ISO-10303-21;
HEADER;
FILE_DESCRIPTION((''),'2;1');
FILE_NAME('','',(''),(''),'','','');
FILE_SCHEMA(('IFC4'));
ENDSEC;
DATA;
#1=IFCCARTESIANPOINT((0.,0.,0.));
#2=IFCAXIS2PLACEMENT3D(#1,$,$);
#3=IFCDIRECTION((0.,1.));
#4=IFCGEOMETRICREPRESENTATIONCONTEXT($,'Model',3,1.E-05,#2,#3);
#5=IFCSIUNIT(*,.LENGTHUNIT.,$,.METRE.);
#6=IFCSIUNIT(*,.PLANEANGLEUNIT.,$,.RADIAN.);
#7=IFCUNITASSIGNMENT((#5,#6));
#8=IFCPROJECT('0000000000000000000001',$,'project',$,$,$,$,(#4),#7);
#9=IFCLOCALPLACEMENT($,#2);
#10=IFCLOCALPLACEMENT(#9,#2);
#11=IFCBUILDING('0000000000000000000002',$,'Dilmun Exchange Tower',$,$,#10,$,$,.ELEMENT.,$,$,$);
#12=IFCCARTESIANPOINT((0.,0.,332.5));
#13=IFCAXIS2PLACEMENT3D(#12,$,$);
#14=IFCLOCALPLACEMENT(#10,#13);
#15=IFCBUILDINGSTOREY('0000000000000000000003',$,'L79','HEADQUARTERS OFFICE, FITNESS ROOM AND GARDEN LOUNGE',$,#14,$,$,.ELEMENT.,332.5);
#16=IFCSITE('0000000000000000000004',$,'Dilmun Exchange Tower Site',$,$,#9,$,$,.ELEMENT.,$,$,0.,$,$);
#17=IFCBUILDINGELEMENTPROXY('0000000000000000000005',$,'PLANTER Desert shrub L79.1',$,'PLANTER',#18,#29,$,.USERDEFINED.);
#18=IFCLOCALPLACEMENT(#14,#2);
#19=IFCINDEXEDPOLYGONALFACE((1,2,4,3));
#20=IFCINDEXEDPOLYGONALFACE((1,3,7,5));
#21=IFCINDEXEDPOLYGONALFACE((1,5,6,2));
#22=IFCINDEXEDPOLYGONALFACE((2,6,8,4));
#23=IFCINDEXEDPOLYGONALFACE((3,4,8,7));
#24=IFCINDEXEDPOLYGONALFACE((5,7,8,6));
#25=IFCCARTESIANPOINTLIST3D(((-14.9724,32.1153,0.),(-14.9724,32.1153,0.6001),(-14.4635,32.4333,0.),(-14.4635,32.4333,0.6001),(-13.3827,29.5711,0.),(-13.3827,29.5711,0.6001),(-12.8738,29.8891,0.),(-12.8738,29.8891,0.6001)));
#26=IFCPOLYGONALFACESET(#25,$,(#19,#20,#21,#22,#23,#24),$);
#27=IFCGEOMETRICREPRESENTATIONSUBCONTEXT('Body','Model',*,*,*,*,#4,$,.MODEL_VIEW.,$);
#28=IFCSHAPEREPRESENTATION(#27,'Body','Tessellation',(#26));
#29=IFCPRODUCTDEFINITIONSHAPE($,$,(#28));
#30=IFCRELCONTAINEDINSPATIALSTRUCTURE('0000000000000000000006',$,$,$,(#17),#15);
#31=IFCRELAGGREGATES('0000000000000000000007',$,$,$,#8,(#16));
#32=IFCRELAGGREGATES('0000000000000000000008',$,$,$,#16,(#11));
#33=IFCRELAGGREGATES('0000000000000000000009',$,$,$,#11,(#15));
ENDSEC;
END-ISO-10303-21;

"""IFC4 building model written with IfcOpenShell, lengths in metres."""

from ifc_helpers import new_model, si_unit, direction, frame, origin, origin_2d, place, context, subcontext, project, spatial, rectangle, extrude, element, save


model = new_model("IFC4")

# Units and contexts
model_context = context("Model", 3, precision=1e-05, world=origin(), true_north=direction((0.0, 1.0)))
body_context = subcontext(model_context, "Body", "Model", "MODEL_VIEW")
ifc_project = project(units=[si_unit("LENGTHUNIT", "METRE"), si_unit("PLANEANGLEUNIT", "RADIAN")], contexts=[model_context])

# Site, building, storey
site_placement = place(None, origin())
site = spatial("IfcSite", under=ifc_project, at=site_placement, Name="Dilmun Exchange Tower Site", CompositionType="ELEMENT", RefElevation=0.0)
building_placement = place(site_placement, origin())
building = spatial("IfcBuilding", under=site, at=building_placement, Name="Dilmun Exchange Tower", CompositionType="ELEMENT")
storey_placement = place(building_placement, frame((0.0, 0.0, 332.5)))
storey = spatial("IfcBuildingStorey", under=building, at=storey_placement, Name="L79", Description="HEADQUARTERS OFFICE, FITNESS ROOM AND GARDEN LOUNGE", CompositionType="ELEMENT", Elevation=332.5)

# Building element proxy
proxy_placement = place(storey_placement, frame((-13.9231, 31.0022, 0.0), z_axis=(0.0, 0.0, 1.0), x_axis=(-0.529919, 0.848048, 0.0)))
element("IfcBuildingElementProxy", 1, at=proxy_placement, inside=storey, Name="PLANTER Desert shrub L79.1", ObjectType="PLANTER", PredefinedType="USERDEFINED", context=body_context, shape_type="SweptSolid", body=[
    extrude(rectangle(XDim=3.0, YDim=0.6001, at=origin_2d()), origin(), (0.0, 0.0, 1.0), 0.6001),
])

save(model, "model.ifc")
